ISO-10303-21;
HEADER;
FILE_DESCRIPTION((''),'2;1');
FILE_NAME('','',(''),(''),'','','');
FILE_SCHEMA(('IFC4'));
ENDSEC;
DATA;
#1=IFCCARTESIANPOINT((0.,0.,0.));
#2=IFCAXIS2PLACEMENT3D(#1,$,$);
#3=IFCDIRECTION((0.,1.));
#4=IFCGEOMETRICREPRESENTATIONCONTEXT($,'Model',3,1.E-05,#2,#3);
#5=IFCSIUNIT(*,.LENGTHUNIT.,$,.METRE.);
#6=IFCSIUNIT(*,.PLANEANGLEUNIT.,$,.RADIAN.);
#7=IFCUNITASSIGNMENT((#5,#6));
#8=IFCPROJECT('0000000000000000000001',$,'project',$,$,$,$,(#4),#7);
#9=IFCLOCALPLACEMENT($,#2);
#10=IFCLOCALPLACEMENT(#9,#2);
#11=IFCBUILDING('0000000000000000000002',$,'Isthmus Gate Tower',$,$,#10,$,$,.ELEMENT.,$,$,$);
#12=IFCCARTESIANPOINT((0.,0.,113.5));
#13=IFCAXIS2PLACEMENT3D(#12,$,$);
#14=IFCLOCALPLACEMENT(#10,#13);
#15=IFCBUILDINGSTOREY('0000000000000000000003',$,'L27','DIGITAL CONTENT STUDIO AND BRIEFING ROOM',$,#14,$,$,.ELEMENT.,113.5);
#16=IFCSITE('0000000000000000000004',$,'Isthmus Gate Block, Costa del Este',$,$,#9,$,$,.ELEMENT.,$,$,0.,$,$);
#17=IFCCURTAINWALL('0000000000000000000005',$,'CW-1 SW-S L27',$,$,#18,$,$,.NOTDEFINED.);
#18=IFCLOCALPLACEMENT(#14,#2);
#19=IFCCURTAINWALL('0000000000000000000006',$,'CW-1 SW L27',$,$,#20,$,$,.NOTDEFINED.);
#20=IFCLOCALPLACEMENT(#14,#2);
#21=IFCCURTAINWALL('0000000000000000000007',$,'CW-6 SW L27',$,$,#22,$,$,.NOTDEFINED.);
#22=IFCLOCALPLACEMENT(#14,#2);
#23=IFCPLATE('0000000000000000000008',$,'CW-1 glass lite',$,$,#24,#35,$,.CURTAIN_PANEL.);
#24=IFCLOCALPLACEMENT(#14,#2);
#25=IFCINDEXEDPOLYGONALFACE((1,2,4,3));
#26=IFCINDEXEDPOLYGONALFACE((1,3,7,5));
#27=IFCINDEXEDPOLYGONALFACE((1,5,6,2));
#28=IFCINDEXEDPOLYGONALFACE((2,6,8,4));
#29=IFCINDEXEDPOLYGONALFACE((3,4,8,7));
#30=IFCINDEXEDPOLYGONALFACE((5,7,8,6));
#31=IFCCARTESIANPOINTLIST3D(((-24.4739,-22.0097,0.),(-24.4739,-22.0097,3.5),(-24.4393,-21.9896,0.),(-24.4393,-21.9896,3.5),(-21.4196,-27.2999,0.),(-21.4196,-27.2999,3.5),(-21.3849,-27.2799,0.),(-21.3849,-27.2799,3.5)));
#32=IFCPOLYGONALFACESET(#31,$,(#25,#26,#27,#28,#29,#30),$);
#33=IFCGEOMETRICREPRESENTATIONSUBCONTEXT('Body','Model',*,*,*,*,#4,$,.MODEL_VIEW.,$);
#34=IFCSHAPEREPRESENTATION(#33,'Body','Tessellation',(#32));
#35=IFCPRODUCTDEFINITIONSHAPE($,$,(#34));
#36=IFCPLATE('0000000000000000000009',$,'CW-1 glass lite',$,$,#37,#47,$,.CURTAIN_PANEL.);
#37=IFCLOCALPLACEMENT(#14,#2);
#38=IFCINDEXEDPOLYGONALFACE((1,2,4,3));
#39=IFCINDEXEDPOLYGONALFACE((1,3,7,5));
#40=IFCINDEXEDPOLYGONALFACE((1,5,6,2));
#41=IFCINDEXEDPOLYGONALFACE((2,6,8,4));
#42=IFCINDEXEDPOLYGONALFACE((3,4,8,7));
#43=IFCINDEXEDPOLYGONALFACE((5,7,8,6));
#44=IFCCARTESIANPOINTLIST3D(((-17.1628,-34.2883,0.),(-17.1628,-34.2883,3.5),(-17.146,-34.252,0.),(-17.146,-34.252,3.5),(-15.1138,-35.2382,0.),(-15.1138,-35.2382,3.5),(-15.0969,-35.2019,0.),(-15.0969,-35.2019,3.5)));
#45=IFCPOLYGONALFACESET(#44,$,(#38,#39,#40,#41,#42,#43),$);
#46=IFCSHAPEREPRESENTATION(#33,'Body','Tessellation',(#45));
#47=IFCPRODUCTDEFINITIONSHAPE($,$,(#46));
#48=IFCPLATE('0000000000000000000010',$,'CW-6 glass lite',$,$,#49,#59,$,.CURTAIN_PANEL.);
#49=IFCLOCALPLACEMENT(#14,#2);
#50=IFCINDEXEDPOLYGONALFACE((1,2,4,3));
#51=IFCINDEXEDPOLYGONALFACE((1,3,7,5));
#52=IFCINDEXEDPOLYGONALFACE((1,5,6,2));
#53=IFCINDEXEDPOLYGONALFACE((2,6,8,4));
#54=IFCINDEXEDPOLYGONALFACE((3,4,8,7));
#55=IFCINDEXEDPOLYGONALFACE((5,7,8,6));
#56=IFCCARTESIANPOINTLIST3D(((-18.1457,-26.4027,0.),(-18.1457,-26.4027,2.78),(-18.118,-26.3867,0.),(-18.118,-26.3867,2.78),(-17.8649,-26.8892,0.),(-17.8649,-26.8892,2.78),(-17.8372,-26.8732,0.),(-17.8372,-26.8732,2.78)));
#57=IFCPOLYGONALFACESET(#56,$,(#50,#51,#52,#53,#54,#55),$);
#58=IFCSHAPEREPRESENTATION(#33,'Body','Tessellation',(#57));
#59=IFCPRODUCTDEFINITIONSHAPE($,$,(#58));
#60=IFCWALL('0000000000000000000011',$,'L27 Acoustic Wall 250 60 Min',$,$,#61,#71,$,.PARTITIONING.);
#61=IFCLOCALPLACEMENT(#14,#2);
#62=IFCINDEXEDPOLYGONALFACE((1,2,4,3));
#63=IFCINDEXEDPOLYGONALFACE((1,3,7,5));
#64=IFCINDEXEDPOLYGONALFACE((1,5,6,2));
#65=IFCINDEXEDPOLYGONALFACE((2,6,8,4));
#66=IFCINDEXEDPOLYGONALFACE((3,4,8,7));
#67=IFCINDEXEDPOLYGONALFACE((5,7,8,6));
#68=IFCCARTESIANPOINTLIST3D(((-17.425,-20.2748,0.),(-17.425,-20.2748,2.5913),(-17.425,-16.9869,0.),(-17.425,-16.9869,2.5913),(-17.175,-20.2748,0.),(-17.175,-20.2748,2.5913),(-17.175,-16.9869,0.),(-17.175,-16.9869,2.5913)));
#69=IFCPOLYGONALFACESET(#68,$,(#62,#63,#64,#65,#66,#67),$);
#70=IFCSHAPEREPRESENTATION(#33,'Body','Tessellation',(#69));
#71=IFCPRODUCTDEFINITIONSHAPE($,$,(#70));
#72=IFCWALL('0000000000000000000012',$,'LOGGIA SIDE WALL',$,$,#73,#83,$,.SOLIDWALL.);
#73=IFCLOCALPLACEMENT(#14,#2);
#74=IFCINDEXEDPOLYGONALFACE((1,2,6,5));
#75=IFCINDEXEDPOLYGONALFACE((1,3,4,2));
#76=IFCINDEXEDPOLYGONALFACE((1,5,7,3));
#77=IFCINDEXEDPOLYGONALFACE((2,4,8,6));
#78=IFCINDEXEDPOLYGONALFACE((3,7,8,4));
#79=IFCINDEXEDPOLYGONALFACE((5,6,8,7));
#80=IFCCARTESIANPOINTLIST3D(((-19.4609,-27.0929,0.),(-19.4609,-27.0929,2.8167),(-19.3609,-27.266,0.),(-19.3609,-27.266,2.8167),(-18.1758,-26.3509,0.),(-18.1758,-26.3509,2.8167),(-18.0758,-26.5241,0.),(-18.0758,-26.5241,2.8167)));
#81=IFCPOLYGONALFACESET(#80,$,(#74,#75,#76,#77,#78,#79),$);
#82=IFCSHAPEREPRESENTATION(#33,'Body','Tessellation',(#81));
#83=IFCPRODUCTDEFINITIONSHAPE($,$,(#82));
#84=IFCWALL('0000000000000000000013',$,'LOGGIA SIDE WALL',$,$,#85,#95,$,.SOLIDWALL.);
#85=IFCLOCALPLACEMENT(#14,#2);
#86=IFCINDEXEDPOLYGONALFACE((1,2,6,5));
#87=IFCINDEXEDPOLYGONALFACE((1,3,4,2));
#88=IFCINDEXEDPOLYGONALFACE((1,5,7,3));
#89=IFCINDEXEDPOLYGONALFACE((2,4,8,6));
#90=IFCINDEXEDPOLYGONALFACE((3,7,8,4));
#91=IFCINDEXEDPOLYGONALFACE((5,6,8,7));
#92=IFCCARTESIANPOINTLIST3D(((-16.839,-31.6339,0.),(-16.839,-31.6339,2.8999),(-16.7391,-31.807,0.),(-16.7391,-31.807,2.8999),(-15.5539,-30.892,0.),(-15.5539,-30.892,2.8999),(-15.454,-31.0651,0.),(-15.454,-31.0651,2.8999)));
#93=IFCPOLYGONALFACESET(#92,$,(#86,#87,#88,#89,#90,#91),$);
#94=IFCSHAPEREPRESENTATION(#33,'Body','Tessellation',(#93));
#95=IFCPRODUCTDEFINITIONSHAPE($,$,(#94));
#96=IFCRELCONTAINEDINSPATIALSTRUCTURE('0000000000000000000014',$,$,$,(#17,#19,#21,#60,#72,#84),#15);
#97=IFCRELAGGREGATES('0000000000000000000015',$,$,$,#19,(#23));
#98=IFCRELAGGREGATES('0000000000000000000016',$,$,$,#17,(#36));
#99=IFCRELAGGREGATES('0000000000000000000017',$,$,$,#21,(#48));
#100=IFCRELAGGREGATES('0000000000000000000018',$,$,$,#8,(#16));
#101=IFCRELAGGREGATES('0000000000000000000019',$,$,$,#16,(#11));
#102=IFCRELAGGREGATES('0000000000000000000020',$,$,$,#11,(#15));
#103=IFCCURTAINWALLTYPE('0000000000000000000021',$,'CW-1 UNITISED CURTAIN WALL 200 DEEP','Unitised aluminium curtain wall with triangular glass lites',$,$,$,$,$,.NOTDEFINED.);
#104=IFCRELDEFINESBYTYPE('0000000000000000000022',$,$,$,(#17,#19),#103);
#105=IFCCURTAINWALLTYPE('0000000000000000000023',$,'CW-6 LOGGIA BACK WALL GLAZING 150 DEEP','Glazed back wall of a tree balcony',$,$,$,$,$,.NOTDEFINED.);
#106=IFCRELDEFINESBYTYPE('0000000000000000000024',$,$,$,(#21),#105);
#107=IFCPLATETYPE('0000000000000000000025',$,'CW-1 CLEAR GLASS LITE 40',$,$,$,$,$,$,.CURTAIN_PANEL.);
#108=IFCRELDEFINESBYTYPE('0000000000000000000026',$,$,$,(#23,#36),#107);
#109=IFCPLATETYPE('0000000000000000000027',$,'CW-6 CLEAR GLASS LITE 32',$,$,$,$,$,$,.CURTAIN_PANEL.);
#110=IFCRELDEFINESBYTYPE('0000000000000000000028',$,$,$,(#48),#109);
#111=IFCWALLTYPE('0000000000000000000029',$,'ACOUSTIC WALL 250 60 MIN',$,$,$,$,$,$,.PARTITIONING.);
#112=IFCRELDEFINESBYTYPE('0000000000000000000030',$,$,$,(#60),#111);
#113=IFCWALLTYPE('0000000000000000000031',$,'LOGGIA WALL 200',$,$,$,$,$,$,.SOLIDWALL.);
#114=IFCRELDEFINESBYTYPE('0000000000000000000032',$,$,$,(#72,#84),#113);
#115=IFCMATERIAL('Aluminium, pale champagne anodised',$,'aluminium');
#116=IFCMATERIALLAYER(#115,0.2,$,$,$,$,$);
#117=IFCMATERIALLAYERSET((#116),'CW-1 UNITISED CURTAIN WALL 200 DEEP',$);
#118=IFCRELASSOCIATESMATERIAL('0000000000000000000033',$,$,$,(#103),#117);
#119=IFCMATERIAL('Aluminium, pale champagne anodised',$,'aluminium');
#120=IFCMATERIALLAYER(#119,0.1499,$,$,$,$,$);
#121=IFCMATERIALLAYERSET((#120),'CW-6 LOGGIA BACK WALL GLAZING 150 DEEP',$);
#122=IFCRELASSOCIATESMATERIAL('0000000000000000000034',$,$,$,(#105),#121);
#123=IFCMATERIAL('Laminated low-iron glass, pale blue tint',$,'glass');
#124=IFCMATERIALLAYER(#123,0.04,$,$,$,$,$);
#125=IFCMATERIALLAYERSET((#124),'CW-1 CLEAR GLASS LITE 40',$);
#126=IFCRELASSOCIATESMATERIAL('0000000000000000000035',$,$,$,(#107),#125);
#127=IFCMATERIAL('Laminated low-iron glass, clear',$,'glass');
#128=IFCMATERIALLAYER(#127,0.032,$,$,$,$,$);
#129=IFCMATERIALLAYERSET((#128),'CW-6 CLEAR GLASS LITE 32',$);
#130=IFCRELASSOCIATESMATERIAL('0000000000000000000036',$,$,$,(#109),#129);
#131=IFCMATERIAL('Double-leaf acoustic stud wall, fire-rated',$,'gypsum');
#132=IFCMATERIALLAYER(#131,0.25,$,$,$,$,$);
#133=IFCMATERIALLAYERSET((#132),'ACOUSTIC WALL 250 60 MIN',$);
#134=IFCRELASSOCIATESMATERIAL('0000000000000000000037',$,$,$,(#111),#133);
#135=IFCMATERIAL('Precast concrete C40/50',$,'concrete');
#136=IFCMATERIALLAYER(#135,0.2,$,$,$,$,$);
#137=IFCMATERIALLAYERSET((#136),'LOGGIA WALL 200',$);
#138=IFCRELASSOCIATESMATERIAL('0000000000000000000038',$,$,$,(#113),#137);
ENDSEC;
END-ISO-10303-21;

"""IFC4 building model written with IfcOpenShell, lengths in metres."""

from ifc_helpers import new_model, si_unit, direction, frame, frame_2d, origin, origin_2d, place, context, subcontext, project, spatial, rectangle, extrude, material, layer, layer_set, type_object, element, aggregate, save


model = new_model("IFC4")

# Units and contexts
model_context = context("Model", 3, precision=1e-05, world=origin(), true_north=direction((0.0, 1.0)))
body_context = subcontext(model_context, "Body", "Model", "MODEL_VIEW")
ifc_project = project(units=[si_unit("LENGTHUNIT", "METRE"), si_unit("PLANEANGLEUNIT", "RADIAN")], contexts=[model_context])

# Site, building, storey
site_placement = place(None, origin())
site = spatial("IfcSite", under=ifc_project, at=site_placement, Name="Isthmus Gate Block, Costa del Este", CompositionType="ELEMENT", RefElevation=0.0)
building_placement = place(site_placement, origin())
building = spatial("IfcBuilding", under=site, at=building_placement, Name="Isthmus Gate Tower", CompositionType="ELEMENT")
storey_placement = place(building_placement, frame((0.0, 0.0, 113.5)))
storey = spatial("IfcBuildingStorey", under=building, at=storey_placement, Name="L27", Description="DIGITAL CONTENT STUDIO AND BRIEFING ROOM", CompositionType="ELEMENT", Elevation=113.5)

# Curtain wall
ifc_material_1 = material(Name="Aluminium, pale champagne anodised", Category="aluminium")
ifc_layer_1 = layer(ifc_material_1, 0.2)
ifc_layer_set_1 = layer_set([ifc_layer_1], Name="CW-1 UNITISED CURTAIN WALL 200 DEEP")
curtain_wall_type_1 = type_object("IfcCurtainWallType", Name="CW-1 UNITISED CURTAIN WALL 200 DEEP", Description="Unitised aluminium curtain wall with triangular glass lites", PredefinedType="NOTDEFINED", material=ifc_layer_set_1)
curtain_wall_1_placement = place(storey_placement, origin())
curtain_wall_1 = element("IfcCurtainWall", 1, at=curtain_wall_1_placement, inside=storey, type_object=curtain_wall_type_1, Name="CW-1 SW-S L27", PredefinedType="NOTDEFINED")

# Curtain wall
curtain_wall_2_placement = place(storey_placement, origin())
curtain_wall_2 = element("IfcCurtainWall", 2, at=curtain_wall_2_placement, inside=storey, type_object=curtain_wall_type_1, Name="CW-1 SW L27", PredefinedType="NOTDEFINED")

# Curtain wall
ifc_material_2 = material(Name="Aluminium, pale champagne anodised", Category="aluminium")
ifc_layer_2 = layer(ifc_material_2, 0.1499)
ifc_layer_set_2 = layer_set([ifc_layer_2], Name="CW-6 LOGGIA BACK WALL GLAZING 150 DEEP")
curtain_wall_type_2 = type_object("IfcCurtainWallType", Name="CW-6 LOGGIA BACK WALL GLAZING 150 DEEP", Description="Glazed back wall of a tree balcony", PredefinedType="NOTDEFINED", material=ifc_layer_set_2)
curtain_wall_3_placement = place(storey_placement, origin())
curtain_wall_3 = element("IfcCurtainWall", 3, at=curtain_wall_3_placement, inside=storey, type_object=curtain_wall_type_2, Name="CW-6 SW L27", PredefinedType="NOTDEFINED")

# Plates
ifc_material_3 = material(Name="Laminated low-iron glass, pale blue tint", Category="glass")
ifc_layer_3 = layer(ifc_material_3, 0.04)
ifc_layer_set_3 = layer_set([ifc_layer_3], Name="CW-1 CLEAR GLASS LITE 40")
plate_type_1 = type_object("IfcPlateType", Name="CW-1 CLEAR GLASS LITE 40", PredefinedType="CURTAIN_PANEL", material=ifc_layer_set_3)
plate_1_placement = place(storey_placement, frame((-22.9294, -24.6448, 0.0), z_axis=(0.0, 0.0, 1.0), x_axis=(0.5, -0.866025, 0.0)))
plate_1 = element("IfcPlate", 4, at=plate_1_placement, type_object=plate_type_1, Name="CW-1 glass lite", PredefinedType="CURTAIN_PANEL", context=body_context, shape_type="SweptSolid", body=[
    extrude(rectangle(XDim=6.1086, YDim=0.04, at=origin_2d()), origin(), (0.0, 0.0, 1.0), 3.5),
])
aggregate(curtain_wall_2, [plate_1])
plate_2_placement = place(storey_placement, frame((-16.1299, -34.7451, 0.0), z_axis=(0.0, 0.0, 1.0), x_axis=(0.907256, -0.420578, 0.0)))
plate_2 = element("IfcPlate", 5, at=plate_2_placement, type_object=plate_type_1, Name="CW-1 glass lite", PredefinedType="CURTAIN_PANEL", context=body_context, shape_type="SweptSolid", body=[
    extrude(rectangle(XDim=2.2585, YDim=0.04, at=origin_2d()), origin(), (0.0, 0.0, 1.0), 3.5),
])
aggregate(curtain_wall_1, [plate_2])
ifc_material_4 = material(Name="Laminated low-iron glass, clear", Category="glass")
ifc_layer_4 = layer(ifc_material_4, 0.032)
ifc_layer_set_4 = layer_set([ifc_layer_4], Name="CW-6 CLEAR GLASS LITE 32")
plate_type_2 = type_object("IfcPlateType", Name="CW-6 CLEAR GLASS LITE 32", PredefinedType="CURTAIN_PANEL", material=ifc_layer_set_4)
plate_3_placement = place(storey_placement, frame((-17.9915, -26.6379, 0.0), z_axis=(0.0, 0.0, 1.0), x_axis=(0.5, -0.866025, 0.0)))
plate_3 = element("IfcPlate", 6, at=plate_3_placement, type_object=plate_type_2, Name="CW-6 glass lite", PredefinedType="CURTAIN_PANEL", context=body_context, shape_type="SweptSolid", body=[
    extrude(rectangle(XDim=0.5618, YDim=0.032, at=origin_2d()), origin(), (0.0, 0.0, 1.0), 2.78),
])
aggregate(curtain_wall_3, [plate_3])

# Wall
ifc_material_5 = material(Name="Double-leaf acoustic stud wall, fire-rated", Category="gypsum")
ifc_layer_5 = layer(ifc_material_5, 0.25)
ifc_layer_set_5 = layer_set([ifc_layer_5], Name="ACOUSTIC WALL 250 60 MIN")
wall_type_1 = type_object("IfcWallType", Name="ACOUSTIC WALL 250 60 MIN", PredefinedType="PARTITIONING", material=ifc_layer_set_5)
wall_1_placement = place(storey_placement, frame((-17.3, -20.2749, 0.0), z_axis=(0.0, 0.0, 1.0), x_axis=(0.0, 1.0, 0.0)))
element("IfcWall", 7, at=wall_1_placement, inside=storey, type_object=wall_type_1, Name="L27 Acoustic Wall 250 60 Min", PredefinedType="PARTITIONING", context=body_context, shape_type="SweptSolid", body=[
    extrude(rectangle(XDim=3.2878, YDim=0.25, at=frame_2d((1.644, 0.0))), origin(), (0.0, 0.0, 1.0), 2.5913),
])

# Shared definitions
ifc_material_6 = material(Name="Precast concrete C40/50", Category="concrete")
ifc_layer_6 = layer(ifc_material_6, 0.2)
ifc_layer_set_6 = layer_set([ifc_layer_6], Name="LOGGIA WALL 200")
wall_type_2 = type_object("IfcWallType", Name="LOGGIA WALL 200", PredefinedType="SOLIDWALL", material=ifc_layer_set_6)

# Walls
wall_2_placement = place(storey_placement, frame((-19.4109, -27.1794, 0.0), z_axis=(0.0, 0.0, 1.0), x_axis=(0.866038, 0.499979, 0.0)))
element("IfcWall", 8, at=wall_2_placement, inside=storey, type_object=wall_type_2, Name="LOGGIA SIDE WALL", PredefinedType="SOLIDWALL", context=body_context, shape_type="SweptSolid", body=[
    extrude(rectangle(XDim=1.4839, YDim=0.2, at=frame_2d((0.7419, 0.0))), origin(), (0.0, 0.0, 1.0), 2.8167),
])
wall_3_placement = place(storey_placement, frame((-16.7891, -31.7205, 0.0), z_axis=(0.0, 0.0, 1.0), x_axis=(0.866038, 0.499979, 0.0)))
element("IfcWall", 9, at=wall_3_placement, inside=storey, type_object=wall_type_2, Name="LOGGIA SIDE WALL", PredefinedType="SOLIDWALL", context=body_context, shape_type="SweptSolid", body=[
    extrude(rectangle(XDim=1.4839, YDim=0.2, at=frame_2d((0.7419, 0.0))), origin(), (0.0, 0.0, 1.0), 2.8999),
])

save(model, "model.ifc")
